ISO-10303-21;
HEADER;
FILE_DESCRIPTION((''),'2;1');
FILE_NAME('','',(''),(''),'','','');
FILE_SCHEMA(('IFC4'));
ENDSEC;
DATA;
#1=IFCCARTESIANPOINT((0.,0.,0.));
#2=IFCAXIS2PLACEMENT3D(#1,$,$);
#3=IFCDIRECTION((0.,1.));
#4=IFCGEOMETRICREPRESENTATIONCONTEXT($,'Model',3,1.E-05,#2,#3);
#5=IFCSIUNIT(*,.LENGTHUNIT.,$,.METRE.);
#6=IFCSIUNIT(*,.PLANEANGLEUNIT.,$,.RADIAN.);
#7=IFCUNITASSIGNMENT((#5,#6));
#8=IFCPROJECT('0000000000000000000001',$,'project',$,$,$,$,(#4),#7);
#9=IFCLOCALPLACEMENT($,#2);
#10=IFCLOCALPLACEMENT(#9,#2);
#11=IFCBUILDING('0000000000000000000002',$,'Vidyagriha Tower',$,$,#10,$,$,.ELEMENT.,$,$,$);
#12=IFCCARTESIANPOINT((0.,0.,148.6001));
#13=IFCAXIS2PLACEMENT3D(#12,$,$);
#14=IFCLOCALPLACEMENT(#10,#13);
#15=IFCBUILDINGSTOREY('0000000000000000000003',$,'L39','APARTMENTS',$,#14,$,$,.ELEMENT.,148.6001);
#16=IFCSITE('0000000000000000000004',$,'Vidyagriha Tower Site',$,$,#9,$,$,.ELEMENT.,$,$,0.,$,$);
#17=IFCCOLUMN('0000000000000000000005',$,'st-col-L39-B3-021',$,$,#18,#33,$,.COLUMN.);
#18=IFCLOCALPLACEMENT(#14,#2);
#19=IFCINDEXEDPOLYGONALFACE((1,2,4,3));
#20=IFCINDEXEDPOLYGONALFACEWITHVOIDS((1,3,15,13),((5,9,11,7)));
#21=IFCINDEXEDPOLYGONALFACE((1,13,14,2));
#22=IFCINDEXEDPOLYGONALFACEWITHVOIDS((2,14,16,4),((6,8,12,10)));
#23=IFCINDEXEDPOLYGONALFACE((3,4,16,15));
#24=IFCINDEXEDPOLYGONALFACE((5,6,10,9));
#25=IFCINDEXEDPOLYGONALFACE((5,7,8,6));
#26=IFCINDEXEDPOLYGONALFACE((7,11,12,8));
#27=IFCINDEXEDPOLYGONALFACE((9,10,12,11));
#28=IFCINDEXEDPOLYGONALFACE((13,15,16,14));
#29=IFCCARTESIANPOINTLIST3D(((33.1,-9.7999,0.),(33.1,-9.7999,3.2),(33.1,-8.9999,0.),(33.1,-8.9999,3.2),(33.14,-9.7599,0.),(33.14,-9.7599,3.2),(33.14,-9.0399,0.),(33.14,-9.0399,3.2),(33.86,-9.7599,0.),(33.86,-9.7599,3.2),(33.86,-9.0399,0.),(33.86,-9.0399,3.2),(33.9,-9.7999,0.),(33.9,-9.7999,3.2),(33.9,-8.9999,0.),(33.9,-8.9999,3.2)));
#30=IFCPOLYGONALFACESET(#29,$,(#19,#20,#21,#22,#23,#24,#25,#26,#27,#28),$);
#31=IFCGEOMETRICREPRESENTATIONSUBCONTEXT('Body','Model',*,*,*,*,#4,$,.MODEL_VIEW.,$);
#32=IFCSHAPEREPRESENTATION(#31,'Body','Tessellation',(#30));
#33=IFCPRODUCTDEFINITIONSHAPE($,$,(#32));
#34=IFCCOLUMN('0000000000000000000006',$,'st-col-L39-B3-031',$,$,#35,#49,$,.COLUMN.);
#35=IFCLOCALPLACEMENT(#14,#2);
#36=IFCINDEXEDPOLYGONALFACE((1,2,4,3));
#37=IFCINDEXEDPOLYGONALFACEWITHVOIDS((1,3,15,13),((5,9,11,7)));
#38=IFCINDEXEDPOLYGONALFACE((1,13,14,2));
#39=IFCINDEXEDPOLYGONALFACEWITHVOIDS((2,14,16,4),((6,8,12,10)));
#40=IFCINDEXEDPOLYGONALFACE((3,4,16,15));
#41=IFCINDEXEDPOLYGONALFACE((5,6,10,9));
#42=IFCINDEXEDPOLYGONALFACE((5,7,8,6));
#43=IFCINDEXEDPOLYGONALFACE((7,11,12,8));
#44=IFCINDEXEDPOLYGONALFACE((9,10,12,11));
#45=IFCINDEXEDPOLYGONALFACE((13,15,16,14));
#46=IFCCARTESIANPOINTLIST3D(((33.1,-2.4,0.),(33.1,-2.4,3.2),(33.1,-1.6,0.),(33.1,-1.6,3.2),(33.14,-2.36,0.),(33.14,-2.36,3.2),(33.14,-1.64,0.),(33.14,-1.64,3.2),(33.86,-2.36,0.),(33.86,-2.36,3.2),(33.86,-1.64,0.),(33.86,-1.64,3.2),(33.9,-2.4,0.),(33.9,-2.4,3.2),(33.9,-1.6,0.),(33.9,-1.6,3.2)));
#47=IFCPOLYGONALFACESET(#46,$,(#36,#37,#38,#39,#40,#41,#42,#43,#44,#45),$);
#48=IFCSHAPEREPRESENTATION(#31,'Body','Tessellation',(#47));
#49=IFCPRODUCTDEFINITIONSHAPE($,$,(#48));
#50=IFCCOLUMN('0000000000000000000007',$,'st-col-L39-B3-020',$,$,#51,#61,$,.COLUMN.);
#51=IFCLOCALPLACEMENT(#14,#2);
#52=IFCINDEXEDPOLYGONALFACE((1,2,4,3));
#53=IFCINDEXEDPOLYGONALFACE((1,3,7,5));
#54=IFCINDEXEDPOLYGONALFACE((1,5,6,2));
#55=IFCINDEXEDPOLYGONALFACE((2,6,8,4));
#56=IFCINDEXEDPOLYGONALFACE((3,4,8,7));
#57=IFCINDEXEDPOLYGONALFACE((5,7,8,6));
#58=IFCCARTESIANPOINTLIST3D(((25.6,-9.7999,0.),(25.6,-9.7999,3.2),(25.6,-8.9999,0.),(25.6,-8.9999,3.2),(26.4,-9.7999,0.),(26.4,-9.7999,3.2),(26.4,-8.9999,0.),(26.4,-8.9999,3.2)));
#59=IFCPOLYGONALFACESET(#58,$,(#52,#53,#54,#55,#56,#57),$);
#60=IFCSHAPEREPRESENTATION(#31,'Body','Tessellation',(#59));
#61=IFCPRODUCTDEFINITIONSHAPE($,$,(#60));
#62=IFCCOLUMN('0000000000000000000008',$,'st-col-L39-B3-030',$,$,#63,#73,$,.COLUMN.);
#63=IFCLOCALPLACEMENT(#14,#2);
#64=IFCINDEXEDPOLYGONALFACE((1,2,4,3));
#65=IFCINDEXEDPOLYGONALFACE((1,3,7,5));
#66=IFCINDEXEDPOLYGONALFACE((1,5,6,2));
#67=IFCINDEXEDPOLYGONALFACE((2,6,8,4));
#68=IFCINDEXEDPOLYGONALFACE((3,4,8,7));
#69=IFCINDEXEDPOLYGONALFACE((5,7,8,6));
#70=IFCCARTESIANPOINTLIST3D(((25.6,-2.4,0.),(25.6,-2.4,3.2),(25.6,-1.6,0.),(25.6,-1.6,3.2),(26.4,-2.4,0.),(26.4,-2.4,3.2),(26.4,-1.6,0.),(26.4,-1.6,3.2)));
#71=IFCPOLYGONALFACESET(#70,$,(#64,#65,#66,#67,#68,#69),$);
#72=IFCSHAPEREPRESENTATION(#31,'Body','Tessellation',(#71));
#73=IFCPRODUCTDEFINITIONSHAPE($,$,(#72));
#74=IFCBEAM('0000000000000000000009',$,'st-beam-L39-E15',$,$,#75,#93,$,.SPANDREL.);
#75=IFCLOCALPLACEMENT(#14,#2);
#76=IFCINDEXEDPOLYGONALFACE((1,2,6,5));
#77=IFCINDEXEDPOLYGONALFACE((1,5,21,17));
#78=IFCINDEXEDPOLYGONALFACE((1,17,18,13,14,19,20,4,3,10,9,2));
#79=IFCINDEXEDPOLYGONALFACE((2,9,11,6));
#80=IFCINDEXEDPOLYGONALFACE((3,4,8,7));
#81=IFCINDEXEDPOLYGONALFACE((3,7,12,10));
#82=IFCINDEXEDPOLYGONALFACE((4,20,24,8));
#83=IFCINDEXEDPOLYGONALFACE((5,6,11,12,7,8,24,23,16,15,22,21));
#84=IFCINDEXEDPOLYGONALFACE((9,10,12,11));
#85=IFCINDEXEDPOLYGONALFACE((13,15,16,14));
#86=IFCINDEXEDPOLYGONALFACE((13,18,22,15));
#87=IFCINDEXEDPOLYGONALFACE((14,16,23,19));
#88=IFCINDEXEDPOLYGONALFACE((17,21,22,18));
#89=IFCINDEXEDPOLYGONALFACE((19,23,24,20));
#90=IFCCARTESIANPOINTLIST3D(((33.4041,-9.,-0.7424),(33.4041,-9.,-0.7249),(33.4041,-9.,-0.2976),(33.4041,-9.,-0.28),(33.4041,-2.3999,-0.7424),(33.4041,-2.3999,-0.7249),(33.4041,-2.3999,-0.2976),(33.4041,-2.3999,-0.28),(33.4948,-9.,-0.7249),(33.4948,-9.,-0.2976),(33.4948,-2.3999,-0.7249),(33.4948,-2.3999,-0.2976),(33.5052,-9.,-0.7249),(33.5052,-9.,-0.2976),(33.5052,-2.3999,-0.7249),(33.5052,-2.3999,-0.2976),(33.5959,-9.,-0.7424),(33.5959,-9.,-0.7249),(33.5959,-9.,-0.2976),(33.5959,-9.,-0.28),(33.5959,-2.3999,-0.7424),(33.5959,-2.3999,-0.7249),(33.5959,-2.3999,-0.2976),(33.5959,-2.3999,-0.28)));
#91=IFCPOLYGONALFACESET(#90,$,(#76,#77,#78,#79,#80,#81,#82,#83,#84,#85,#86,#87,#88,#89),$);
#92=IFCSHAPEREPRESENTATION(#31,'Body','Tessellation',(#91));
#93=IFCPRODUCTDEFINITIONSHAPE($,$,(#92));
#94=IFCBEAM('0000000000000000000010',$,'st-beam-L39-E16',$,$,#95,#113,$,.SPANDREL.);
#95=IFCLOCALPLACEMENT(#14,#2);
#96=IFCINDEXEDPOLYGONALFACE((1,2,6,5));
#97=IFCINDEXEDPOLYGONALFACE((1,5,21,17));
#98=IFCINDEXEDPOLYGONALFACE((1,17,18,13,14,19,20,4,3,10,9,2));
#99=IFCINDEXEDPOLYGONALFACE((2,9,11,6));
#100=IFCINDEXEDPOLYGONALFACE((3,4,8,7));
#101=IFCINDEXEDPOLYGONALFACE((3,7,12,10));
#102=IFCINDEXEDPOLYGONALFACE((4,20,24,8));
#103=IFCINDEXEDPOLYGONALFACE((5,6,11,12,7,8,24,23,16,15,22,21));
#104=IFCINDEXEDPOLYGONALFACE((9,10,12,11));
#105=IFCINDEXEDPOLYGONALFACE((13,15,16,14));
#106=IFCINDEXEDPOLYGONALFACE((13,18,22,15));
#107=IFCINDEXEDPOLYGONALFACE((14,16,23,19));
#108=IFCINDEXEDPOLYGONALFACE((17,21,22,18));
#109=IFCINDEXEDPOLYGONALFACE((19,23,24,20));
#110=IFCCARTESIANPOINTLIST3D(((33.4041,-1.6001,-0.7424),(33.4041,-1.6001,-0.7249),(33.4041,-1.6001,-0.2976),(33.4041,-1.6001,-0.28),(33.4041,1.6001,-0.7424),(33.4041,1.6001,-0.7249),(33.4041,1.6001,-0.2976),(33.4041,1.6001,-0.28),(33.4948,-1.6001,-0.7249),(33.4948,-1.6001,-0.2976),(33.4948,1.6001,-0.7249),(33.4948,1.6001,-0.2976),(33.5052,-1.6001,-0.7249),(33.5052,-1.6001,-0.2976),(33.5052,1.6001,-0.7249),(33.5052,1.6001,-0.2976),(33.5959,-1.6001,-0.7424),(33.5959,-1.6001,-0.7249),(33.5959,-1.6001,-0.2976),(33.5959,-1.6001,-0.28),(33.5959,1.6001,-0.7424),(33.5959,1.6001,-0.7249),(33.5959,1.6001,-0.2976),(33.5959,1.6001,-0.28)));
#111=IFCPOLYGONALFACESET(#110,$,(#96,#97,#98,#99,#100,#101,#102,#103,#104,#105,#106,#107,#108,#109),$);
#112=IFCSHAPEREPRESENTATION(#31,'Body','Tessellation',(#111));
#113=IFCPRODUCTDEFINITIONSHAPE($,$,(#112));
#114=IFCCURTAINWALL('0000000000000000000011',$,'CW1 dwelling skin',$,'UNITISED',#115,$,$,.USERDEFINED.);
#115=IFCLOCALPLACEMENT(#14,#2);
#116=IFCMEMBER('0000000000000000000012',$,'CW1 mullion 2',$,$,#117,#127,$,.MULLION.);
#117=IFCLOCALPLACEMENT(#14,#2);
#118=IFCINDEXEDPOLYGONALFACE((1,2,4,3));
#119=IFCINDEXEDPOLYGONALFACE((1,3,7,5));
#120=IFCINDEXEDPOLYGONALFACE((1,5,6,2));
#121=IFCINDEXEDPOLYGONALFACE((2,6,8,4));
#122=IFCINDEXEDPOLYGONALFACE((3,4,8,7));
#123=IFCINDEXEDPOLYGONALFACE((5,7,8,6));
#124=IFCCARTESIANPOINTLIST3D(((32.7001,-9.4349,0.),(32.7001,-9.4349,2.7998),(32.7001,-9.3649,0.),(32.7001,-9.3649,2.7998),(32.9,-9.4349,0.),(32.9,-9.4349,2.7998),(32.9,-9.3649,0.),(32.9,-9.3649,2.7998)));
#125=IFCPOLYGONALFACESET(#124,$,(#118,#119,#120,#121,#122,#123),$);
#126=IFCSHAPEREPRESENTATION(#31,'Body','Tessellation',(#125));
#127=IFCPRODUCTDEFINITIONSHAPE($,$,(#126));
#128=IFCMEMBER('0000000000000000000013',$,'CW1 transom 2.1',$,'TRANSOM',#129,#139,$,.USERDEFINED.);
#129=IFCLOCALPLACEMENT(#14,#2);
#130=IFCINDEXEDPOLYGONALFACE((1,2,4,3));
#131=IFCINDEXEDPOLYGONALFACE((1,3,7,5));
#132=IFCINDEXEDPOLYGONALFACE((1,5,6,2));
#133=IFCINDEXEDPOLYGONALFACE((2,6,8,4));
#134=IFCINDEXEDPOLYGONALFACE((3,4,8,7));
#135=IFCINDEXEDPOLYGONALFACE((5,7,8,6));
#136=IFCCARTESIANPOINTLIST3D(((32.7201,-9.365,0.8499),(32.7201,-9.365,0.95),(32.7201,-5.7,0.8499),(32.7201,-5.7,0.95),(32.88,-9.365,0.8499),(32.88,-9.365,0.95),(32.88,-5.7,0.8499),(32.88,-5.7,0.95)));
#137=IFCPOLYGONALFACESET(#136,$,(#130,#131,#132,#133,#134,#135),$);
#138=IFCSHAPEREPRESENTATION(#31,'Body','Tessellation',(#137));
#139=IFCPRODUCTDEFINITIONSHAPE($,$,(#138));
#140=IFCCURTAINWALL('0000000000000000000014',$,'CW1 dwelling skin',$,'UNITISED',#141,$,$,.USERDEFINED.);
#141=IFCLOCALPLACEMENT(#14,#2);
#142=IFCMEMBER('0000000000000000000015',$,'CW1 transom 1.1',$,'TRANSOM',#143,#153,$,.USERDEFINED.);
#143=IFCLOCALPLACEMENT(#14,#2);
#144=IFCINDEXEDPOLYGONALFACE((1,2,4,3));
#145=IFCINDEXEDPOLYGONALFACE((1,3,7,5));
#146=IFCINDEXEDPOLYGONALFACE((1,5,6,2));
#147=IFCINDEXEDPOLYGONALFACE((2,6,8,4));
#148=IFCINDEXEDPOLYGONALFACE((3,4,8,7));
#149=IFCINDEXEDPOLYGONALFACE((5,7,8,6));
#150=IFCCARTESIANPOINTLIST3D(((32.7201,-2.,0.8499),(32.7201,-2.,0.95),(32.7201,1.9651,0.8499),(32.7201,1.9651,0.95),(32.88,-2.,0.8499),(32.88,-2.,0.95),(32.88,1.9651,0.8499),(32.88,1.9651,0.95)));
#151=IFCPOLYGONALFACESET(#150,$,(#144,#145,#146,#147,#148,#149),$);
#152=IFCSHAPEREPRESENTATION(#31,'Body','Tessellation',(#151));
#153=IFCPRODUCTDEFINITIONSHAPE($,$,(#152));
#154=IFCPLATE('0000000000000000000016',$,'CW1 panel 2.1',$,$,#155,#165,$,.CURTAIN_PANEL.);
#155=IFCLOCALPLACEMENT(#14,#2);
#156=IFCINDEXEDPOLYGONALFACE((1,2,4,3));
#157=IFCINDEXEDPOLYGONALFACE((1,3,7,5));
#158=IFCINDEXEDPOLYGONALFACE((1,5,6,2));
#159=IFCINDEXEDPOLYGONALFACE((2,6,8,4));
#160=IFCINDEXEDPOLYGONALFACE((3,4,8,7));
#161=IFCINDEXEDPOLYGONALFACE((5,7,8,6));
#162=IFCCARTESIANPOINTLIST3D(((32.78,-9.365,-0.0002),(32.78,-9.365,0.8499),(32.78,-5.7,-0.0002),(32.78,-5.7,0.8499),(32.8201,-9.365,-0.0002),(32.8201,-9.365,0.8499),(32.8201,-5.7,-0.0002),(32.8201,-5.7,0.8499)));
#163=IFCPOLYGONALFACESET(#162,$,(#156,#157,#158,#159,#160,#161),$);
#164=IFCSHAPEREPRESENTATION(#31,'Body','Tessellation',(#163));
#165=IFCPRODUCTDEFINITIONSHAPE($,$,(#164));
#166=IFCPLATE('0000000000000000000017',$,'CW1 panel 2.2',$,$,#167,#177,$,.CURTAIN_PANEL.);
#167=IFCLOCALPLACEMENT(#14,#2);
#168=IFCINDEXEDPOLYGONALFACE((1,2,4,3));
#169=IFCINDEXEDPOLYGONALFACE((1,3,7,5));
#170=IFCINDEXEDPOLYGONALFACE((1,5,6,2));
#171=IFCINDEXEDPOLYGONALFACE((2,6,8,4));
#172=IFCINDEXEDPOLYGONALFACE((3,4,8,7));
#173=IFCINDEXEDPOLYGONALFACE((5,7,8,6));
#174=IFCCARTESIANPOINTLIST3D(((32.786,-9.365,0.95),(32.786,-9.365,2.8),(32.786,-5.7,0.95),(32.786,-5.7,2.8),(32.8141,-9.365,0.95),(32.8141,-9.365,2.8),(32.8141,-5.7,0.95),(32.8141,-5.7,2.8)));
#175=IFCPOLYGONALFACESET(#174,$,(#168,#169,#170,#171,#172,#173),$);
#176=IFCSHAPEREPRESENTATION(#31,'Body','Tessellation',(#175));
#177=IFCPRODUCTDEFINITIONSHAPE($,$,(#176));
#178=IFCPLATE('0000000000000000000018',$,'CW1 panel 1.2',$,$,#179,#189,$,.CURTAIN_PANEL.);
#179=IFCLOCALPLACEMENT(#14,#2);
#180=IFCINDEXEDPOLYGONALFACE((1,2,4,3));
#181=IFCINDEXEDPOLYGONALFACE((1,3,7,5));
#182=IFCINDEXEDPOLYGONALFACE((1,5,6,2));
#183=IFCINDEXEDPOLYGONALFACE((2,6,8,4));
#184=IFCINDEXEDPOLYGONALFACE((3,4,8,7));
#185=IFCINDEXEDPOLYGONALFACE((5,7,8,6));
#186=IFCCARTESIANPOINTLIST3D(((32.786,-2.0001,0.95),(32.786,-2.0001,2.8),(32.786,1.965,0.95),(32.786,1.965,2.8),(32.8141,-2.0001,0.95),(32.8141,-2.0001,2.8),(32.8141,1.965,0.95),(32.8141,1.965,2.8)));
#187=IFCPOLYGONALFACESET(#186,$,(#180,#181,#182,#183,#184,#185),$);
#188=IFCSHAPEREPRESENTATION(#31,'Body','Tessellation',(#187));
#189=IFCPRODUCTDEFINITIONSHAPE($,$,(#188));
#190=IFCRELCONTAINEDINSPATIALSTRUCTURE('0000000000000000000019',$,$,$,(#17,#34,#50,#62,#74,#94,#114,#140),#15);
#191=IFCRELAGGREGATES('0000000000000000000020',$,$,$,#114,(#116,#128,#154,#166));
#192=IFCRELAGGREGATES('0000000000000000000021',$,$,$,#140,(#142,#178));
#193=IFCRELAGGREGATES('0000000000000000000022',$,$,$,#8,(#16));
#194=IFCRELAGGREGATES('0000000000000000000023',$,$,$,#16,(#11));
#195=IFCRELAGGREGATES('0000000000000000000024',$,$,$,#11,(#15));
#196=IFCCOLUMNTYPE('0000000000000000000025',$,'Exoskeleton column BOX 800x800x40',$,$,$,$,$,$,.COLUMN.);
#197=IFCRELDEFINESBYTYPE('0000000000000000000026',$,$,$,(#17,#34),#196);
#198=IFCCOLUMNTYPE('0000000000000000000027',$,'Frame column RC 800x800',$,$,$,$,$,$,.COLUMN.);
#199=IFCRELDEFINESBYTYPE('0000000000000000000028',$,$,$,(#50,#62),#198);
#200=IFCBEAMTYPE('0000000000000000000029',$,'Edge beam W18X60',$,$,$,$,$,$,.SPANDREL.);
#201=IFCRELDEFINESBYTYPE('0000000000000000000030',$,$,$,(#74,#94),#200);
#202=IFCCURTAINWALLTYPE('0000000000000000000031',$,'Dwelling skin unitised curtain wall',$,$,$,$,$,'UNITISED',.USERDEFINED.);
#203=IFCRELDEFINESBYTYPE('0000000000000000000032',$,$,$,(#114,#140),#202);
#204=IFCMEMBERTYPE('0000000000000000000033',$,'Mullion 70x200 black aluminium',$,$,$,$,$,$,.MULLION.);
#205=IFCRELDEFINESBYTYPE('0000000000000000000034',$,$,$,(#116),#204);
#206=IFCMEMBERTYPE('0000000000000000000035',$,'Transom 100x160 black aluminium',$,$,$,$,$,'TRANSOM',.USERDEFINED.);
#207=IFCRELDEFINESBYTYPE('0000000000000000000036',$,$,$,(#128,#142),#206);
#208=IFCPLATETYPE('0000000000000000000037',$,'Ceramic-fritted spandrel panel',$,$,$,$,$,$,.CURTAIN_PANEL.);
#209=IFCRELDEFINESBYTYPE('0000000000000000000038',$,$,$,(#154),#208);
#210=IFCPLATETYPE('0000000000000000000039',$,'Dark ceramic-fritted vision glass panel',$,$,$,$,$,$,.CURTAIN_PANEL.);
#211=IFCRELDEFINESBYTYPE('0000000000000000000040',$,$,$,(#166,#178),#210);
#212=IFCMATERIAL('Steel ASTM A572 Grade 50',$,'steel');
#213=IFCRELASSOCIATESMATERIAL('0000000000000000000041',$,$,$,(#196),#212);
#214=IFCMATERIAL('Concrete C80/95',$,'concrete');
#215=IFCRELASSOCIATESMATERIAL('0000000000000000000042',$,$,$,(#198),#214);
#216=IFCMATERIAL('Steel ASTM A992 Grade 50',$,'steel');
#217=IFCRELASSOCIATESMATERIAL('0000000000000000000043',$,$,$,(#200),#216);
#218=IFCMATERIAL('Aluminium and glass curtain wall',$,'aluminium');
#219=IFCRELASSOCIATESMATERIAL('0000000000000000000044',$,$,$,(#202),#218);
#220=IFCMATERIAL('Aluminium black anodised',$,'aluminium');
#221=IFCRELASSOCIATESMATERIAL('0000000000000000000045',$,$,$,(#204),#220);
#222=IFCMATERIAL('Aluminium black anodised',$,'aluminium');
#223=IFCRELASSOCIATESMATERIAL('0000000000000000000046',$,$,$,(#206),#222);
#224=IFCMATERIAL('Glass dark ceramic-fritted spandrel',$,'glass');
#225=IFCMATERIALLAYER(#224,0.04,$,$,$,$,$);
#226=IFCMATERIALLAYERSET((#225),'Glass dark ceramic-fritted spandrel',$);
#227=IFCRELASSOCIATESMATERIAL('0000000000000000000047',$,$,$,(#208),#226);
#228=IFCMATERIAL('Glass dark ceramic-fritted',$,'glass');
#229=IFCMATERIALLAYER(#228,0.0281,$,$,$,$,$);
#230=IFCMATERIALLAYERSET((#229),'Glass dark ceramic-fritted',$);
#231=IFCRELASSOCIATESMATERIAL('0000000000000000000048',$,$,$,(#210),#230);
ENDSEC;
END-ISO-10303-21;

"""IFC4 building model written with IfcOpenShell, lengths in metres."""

from ifc_helpers import new_model, si_unit, direction, frame, origin, origin_2d, place, context, subcontext, project, spatial, rectangle, hollow_rectangle, i_section, extrude, material, layer, layer_set, material_profile, profile_set, type_object, element, aggregate, save


model = new_model("IFC4")

# Units and contexts
model_context = context("Model", 3, precision=1e-05, world=origin(), true_north=direction((0.0, 1.0)))
body_context = subcontext(model_context, "Body", "Model", "MODEL_VIEW")
ifc_project = project(units=[si_unit("LENGTHUNIT", "METRE"), si_unit("PLANEANGLEUNIT", "RADIAN")], contexts=[model_context])

# Site, building, storey
site_placement = place(None, origin())
site = spatial("IfcSite", under=ifc_project, at=site_placement, Name="Vidyagriha Tower Site", CompositionType="ELEMENT", RefElevation=0.0)
building_placement = place(site_placement, origin())
building = spatial("IfcBuilding", under=site, at=building_placement, Name="Vidyagriha Tower", CompositionType="ELEMENT")
storey_placement = place(building_placement, frame((0.0, 0.0, 148.6001)))
storey = spatial("IfcBuildingStorey", under=building, at=storey_placement, Name="L39", Description="APARTMENTS", CompositionType="ELEMENT", Elevation=148.6001)

# Columns
ifc_material_1 = material(Name="Steel ASTM A572 Grade 50", Category="steel")
ifc_material_profile_1 = material_profile(ifc_material_1, hollow_rectangle(XDim=0.8, YDim=0.8, WallThickness=0.04, at=origin_2d()), Name="BOX 800x800x40")
ifc_profile_set_1 = profile_set([ifc_material_profile_1], Name="Steel ASTM A572 Grade 50")
column_type_1 = type_object("IfcColumnType", Name="Exoskeleton column BOX 800x800x40", PredefinedType="COLUMN", material=ifc_profile_set_1)
for number, where, name in (
    (1, (33.5, -9.3999, 0.0), "st-col-L39-B3-021"),
    (2, (33.5, -2.0, 0.0), "st-col-L39-B3-031"),
):
    element("IfcColumn", number, at=place(storey_placement, frame(where)), inside=storey, type_object=column_type_1, Name=name, PredefinedType="COLUMN", context=body_context, shape_type="SweptSolid", body=[
        extrude(hollow_rectangle(XDim=0.8, YDim=0.8, WallThickness=0.04, at=origin_2d()), origin(), (0.0, 0.0, 1.0), 3.2),
    ])
ifc_material_2 = material(Name="Concrete C80/95", Category="concrete")
ifc_material_profile_2 = material_profile(ifc_material_2, rectangle(XDim=0.8, YDim=0.8, at=origin_2d()), Name="RC 800x800")
ifc_profile_set_2 = profile_set([ifc_material_profile_2], Name="Concrete C80/95")
column_type_2 = type_object("IfcColumnType", Name="Frame column RC 800x800", PredefinedType="COLUMN", material=ifc_profile_set_2)
for number, where, name in (
    (3, (26.0, -9.3999, 0.0), "st-col-L39-B3-020"),
    (4, (26.0, -2.0, 0.0), "st-col-L39-B3-030"),
):
    element("IfcColumn", number, at=place(storey_placement, frame(where)), inside=storey, type_object=column_type_2, Name=name, PredefinedType="COLUMN", context=body_context, shape_type="SweptSolid", body=[
        extrude(rectangle(XDim=0.8, YDim=0.8, at=origin_2d()), origin(), (0.0, 0.0, 1.0), 3.2),
    ])

# Beams
ifc_material_3 = material(Name="Steel ASTM A992 Grade 50", Category="steel")
ifc_material_profile_3 = material_profile(ifc_material_3, i_section(OverallWidth=0.1919, OverallDepth=0.4624, WebThickness=0.0105, FlangeThickness=0.0176, at=origin_2d()), Name="W18X60")
ifc_profile_set_3 = profile_set([ifc_material_profile_3], Name="Steel ASTM A992 Grade 50")
beam_type = type_object("IfcBeamType", Name="Edge beam W18X60", PredefinedType="SPANDREL", material=ifc_profile_set_3)
beam_1_placement = place(storey_placement, frame((33.5, -9.0, -0.5112), z_axis=(0.0, 1.0, 0.0), x_axis=(-1.0, 0.0, 0.0)))
element("IfcBeam", 5, at=beam_1_placement, inside=storey, type_object=beam_type, Name="st-beam-L39-E15", PredefinedType="SPANDREL", context=body_context, shape_type="SweptSolid", body=[
    extrude(i_section(OverallWidth=0.1919, OverallDepth=0.4624, WebThickness=0.0105, FlangeThickness=0.0176, at=origin_2d()), origin(), (0.0, 0.0, 1.0), 6.6001),
])
beam_2_placement = place(storey_placement, frame((33.5, -1.6001, -0.5112), z_axis=(0.0, 1.0, 0.0), x_axis=(-1.0, 0.0, 0.0)))
element("IfcBeam", 6, at=beam_2_placement, inside=storey, type_object=beam_type, Name="st-beam-L39-E16", PredefinedType="SPANDREL", context=body_context, shape_type="SweptSolid", body=[
    extrude(i_section(OverallWidth=0.1919, OverallDepth=0.4624, WebThickness=0.0105, FlangeThickness=0.0176, at=origin_2d()), origin(), (0.0, 0.0, 1.0), 3.2002),
])

# Curtain wall, members
ifc_material_4 = material(Name="Aluminium and glass curtain wall", Category="aluminium")
curtain_wall_type = type_object("IfcCurtainWallType", Name="Dwelling skin unitised curtain wall", ElementType="UNITISED", PredefinedType="USERDEFINED", material=ifc_material_4)
curtain_wall_1_placement = place(storey_placement, origin())
curtain_wall_1 = element("IfcCurtainWall", 7, at=curtain_wall_1_placement, inside=storey, type_object=curtain_wall_type, Name="CW1 dwelling skin", ObjectType="UNITISED", PredefinedType="USERDEFINED")
ifc_material_5 = material(Name="Aluminium black anodised", Category="aluminium")
ifc_material_profile_4 = material_profile(ifc_material_5, rectangle(XDim=0.2, YDim=0.0701, at=origin_2d()), Name="Mullion 70x200 black aluminium")
ifc_profile_set_4 = profile_set([ifc_material_profile_4], Name="Aluminium black anodised")
member_type_1 = type_object("IfcMemberType", Name="Mullion 70x200 black aluminium", PredefinedType="MULLION", material=ifc_profile_set_4)
member_1_placement = place(storey_placement, frame((32.8, -9.3999, 0.0), z_axis=(0.0, 0.0, 1.0), x_axis=(-1.0, 0.0, 0.0)))
member_1 = element("IfcMember", 8, at=member_1_placement, type_object=member_type_1, Name="CW1 mullion 2", PredefinedType="MULLION", context=body_context, shape_type="SweptSolid", body=[
    extrude(rectangle(XDim=0.2, YDim=0.0701, at=origin_2d()), origin(), (0.0, 0.0, 1.0), 2.7998),
])
ifc_material_6 = material(Name="Aluminium black anodised", Category="aluminium")
ifc_material_profile_5 = material_profile(ifc_material_6, rectangle(XDim=0.1599, YDim=0.1001, at=origin_2d()), Name="Transom 100x160 black aluminium")
ifc_profile_set_5 = profile_set([ifc_material_profile_5], Name="Aluminium black anodised")
member_type_2 = type_object("IfcMemberType", Name="Transom 100x160 black aluminium", ElementType="TRANSOM", PredefinedType="USERDEFINED", material=ifc_profile_set_5)
member_2_placement = place(storey_placement, frame((32.8, -9.365, 0.8999), z_axis=(0.0, 1.0, 0.0), x_axis=(-1.0, 0.0, 0.0)))
member_2 = element("IfcMember", 9, at=member_2_placement, type_object=member_type_2, Name="CW1 transom 2.1", ObjectType="TRANSOM", PredefinedType="USERDEFINED", context=body_context, shape_type="SweptSolid", body=[
    extrude(rectangle(XDim=0.1599, YDim=0.1001, at=origin_2d()), origin(), (0.0, 0.0, 1.0), 3.665),
])

# Curtain wall, member
curtain_wall_2_placement = place(storey_placement, origin())
curtain_wall_2 = element("IfcCurtainWall", 10, at=curtain_wall_2_placement, inside=storey, type_object=curtain_wall_type, Name="CW1 dwelling skin", ObjectType="UNITISED", PredefinedType="USERDEFINED")
member_3_placement = place(storey_placement, frame((32.8, -2.0, 0.8999), z_axis=(0.0, 1.0, 0.0), x_axis=(-1.0, 0.0, 0.0)))
member_3 = element("IfcMember", 11, at=member_3_placement, type_object=member_type_2, Name="CW1 transom 1.1", ObjectType="TRANSOM", PredefinedType="USERDEFINED", context=body_context, shape_type="SweptSolid", body=[
    extrude(rectangle(XDim=0.1599, YDim=0.1001, at=origin_2d()), origin(), (0.0, 0.0, 1.0), 3.9651),
])

# Plates
ifc_material_7 = material(Name="Glass dark ceramic-fritted spandrel", Category="glass")
ifc_layer_1 = layer(ifc_material_7, 0.04)
ifc_layer_set_1 = layer_set([ifc_layer_1], Name="Glass dark ceramic-fritted spandrel")
plate_type_1 = type_object("IfcPlateType", Name="Ceramic-fritted spandrel panel", PredefinedType="CURTAIN_PANEL", material=ifc_layer_set_1)
plate_1_placement = place(storey_placement, frame((32.8, -7.5325, -0.0002), z_axis=(0.0, 0.0, 1.0), x_axis=(0.0, 1.0, 0.0)))
plate_1 = element("IfcPlate", 12, at=plate_1_placement, type_object=plate_type_1, Name="CW1 panel 2.1", PredefinedType="CURTAIN_PANEL", context=body_context, shape_type="SweptSolid", body=[
    extrude(rectangle(XDim=3.665, YDim=0.04, at=origin_2d()), origin(), (0.0, 0.0, 1.0), 0.8501),
])
ifc_material_8 = material(Name="Glass dark ceramic-fritted", Category="glass")
ifc_layer_2 = layer(ifc_material_8, 0.0281)
ifc_layer_set_2 = layer_set([ifc_layer_2], Name="Glass dark ceramic-fritted")
plate_type_2 = type_object("IfcPlateType", Name="Dark ceramic-fritted vision glass panel", PredefinedType="CURTAIN_PANEL", material=ifc_layer_set_2)
plate_2_placement = place(storey_placement, frame((32.8, -7.5325, 0.95), z_axis=(0.0, 0.0, 1.0), x_axis=(0.0, 1.0, 0.0)))
plate_2 = element("IfcPlate", 13, at=plate_2_placement, type_object=plate_type_2, Name="CW1 panel 2.2", PredefinedType="CURTAIN_PANEL", context=body_context, shape_type="SweptSolid", body=[
    extrude(rectangle(XDim=3.665, YDim=0.0281, at=origin_2d()), origin(), (0.0, 0.0, 1.0), 1.8501),
])
aggregate(curtain_wall_1, [member_1, member_2, plate_1, plate_2])
plate_3_placement = place(storey_placement, frame((32.8, -0.0176, 0.95), z_axis=(0.0, 0.0, 1.0), x_axis=(0.0, 1.0, 0.0)))
plate_3 = element("IfcPlate", 14, at=plate_3_placement, type_object=plate_type_2, Name="CW1 panel 1.2", PredefinedType="CURTAIN_PANEL", context=body_context, shape_type="SweptSolid", body=[
    extrude(rectangle(XDim=3.9651, YDim=0.0281, at=origin_2d()), origin(), (0.0, 0.0, 1.0), 1.8501),
])
aggregate(curtain_wall_2, [member_3, plate_3])

save(model, "model.ifc")
